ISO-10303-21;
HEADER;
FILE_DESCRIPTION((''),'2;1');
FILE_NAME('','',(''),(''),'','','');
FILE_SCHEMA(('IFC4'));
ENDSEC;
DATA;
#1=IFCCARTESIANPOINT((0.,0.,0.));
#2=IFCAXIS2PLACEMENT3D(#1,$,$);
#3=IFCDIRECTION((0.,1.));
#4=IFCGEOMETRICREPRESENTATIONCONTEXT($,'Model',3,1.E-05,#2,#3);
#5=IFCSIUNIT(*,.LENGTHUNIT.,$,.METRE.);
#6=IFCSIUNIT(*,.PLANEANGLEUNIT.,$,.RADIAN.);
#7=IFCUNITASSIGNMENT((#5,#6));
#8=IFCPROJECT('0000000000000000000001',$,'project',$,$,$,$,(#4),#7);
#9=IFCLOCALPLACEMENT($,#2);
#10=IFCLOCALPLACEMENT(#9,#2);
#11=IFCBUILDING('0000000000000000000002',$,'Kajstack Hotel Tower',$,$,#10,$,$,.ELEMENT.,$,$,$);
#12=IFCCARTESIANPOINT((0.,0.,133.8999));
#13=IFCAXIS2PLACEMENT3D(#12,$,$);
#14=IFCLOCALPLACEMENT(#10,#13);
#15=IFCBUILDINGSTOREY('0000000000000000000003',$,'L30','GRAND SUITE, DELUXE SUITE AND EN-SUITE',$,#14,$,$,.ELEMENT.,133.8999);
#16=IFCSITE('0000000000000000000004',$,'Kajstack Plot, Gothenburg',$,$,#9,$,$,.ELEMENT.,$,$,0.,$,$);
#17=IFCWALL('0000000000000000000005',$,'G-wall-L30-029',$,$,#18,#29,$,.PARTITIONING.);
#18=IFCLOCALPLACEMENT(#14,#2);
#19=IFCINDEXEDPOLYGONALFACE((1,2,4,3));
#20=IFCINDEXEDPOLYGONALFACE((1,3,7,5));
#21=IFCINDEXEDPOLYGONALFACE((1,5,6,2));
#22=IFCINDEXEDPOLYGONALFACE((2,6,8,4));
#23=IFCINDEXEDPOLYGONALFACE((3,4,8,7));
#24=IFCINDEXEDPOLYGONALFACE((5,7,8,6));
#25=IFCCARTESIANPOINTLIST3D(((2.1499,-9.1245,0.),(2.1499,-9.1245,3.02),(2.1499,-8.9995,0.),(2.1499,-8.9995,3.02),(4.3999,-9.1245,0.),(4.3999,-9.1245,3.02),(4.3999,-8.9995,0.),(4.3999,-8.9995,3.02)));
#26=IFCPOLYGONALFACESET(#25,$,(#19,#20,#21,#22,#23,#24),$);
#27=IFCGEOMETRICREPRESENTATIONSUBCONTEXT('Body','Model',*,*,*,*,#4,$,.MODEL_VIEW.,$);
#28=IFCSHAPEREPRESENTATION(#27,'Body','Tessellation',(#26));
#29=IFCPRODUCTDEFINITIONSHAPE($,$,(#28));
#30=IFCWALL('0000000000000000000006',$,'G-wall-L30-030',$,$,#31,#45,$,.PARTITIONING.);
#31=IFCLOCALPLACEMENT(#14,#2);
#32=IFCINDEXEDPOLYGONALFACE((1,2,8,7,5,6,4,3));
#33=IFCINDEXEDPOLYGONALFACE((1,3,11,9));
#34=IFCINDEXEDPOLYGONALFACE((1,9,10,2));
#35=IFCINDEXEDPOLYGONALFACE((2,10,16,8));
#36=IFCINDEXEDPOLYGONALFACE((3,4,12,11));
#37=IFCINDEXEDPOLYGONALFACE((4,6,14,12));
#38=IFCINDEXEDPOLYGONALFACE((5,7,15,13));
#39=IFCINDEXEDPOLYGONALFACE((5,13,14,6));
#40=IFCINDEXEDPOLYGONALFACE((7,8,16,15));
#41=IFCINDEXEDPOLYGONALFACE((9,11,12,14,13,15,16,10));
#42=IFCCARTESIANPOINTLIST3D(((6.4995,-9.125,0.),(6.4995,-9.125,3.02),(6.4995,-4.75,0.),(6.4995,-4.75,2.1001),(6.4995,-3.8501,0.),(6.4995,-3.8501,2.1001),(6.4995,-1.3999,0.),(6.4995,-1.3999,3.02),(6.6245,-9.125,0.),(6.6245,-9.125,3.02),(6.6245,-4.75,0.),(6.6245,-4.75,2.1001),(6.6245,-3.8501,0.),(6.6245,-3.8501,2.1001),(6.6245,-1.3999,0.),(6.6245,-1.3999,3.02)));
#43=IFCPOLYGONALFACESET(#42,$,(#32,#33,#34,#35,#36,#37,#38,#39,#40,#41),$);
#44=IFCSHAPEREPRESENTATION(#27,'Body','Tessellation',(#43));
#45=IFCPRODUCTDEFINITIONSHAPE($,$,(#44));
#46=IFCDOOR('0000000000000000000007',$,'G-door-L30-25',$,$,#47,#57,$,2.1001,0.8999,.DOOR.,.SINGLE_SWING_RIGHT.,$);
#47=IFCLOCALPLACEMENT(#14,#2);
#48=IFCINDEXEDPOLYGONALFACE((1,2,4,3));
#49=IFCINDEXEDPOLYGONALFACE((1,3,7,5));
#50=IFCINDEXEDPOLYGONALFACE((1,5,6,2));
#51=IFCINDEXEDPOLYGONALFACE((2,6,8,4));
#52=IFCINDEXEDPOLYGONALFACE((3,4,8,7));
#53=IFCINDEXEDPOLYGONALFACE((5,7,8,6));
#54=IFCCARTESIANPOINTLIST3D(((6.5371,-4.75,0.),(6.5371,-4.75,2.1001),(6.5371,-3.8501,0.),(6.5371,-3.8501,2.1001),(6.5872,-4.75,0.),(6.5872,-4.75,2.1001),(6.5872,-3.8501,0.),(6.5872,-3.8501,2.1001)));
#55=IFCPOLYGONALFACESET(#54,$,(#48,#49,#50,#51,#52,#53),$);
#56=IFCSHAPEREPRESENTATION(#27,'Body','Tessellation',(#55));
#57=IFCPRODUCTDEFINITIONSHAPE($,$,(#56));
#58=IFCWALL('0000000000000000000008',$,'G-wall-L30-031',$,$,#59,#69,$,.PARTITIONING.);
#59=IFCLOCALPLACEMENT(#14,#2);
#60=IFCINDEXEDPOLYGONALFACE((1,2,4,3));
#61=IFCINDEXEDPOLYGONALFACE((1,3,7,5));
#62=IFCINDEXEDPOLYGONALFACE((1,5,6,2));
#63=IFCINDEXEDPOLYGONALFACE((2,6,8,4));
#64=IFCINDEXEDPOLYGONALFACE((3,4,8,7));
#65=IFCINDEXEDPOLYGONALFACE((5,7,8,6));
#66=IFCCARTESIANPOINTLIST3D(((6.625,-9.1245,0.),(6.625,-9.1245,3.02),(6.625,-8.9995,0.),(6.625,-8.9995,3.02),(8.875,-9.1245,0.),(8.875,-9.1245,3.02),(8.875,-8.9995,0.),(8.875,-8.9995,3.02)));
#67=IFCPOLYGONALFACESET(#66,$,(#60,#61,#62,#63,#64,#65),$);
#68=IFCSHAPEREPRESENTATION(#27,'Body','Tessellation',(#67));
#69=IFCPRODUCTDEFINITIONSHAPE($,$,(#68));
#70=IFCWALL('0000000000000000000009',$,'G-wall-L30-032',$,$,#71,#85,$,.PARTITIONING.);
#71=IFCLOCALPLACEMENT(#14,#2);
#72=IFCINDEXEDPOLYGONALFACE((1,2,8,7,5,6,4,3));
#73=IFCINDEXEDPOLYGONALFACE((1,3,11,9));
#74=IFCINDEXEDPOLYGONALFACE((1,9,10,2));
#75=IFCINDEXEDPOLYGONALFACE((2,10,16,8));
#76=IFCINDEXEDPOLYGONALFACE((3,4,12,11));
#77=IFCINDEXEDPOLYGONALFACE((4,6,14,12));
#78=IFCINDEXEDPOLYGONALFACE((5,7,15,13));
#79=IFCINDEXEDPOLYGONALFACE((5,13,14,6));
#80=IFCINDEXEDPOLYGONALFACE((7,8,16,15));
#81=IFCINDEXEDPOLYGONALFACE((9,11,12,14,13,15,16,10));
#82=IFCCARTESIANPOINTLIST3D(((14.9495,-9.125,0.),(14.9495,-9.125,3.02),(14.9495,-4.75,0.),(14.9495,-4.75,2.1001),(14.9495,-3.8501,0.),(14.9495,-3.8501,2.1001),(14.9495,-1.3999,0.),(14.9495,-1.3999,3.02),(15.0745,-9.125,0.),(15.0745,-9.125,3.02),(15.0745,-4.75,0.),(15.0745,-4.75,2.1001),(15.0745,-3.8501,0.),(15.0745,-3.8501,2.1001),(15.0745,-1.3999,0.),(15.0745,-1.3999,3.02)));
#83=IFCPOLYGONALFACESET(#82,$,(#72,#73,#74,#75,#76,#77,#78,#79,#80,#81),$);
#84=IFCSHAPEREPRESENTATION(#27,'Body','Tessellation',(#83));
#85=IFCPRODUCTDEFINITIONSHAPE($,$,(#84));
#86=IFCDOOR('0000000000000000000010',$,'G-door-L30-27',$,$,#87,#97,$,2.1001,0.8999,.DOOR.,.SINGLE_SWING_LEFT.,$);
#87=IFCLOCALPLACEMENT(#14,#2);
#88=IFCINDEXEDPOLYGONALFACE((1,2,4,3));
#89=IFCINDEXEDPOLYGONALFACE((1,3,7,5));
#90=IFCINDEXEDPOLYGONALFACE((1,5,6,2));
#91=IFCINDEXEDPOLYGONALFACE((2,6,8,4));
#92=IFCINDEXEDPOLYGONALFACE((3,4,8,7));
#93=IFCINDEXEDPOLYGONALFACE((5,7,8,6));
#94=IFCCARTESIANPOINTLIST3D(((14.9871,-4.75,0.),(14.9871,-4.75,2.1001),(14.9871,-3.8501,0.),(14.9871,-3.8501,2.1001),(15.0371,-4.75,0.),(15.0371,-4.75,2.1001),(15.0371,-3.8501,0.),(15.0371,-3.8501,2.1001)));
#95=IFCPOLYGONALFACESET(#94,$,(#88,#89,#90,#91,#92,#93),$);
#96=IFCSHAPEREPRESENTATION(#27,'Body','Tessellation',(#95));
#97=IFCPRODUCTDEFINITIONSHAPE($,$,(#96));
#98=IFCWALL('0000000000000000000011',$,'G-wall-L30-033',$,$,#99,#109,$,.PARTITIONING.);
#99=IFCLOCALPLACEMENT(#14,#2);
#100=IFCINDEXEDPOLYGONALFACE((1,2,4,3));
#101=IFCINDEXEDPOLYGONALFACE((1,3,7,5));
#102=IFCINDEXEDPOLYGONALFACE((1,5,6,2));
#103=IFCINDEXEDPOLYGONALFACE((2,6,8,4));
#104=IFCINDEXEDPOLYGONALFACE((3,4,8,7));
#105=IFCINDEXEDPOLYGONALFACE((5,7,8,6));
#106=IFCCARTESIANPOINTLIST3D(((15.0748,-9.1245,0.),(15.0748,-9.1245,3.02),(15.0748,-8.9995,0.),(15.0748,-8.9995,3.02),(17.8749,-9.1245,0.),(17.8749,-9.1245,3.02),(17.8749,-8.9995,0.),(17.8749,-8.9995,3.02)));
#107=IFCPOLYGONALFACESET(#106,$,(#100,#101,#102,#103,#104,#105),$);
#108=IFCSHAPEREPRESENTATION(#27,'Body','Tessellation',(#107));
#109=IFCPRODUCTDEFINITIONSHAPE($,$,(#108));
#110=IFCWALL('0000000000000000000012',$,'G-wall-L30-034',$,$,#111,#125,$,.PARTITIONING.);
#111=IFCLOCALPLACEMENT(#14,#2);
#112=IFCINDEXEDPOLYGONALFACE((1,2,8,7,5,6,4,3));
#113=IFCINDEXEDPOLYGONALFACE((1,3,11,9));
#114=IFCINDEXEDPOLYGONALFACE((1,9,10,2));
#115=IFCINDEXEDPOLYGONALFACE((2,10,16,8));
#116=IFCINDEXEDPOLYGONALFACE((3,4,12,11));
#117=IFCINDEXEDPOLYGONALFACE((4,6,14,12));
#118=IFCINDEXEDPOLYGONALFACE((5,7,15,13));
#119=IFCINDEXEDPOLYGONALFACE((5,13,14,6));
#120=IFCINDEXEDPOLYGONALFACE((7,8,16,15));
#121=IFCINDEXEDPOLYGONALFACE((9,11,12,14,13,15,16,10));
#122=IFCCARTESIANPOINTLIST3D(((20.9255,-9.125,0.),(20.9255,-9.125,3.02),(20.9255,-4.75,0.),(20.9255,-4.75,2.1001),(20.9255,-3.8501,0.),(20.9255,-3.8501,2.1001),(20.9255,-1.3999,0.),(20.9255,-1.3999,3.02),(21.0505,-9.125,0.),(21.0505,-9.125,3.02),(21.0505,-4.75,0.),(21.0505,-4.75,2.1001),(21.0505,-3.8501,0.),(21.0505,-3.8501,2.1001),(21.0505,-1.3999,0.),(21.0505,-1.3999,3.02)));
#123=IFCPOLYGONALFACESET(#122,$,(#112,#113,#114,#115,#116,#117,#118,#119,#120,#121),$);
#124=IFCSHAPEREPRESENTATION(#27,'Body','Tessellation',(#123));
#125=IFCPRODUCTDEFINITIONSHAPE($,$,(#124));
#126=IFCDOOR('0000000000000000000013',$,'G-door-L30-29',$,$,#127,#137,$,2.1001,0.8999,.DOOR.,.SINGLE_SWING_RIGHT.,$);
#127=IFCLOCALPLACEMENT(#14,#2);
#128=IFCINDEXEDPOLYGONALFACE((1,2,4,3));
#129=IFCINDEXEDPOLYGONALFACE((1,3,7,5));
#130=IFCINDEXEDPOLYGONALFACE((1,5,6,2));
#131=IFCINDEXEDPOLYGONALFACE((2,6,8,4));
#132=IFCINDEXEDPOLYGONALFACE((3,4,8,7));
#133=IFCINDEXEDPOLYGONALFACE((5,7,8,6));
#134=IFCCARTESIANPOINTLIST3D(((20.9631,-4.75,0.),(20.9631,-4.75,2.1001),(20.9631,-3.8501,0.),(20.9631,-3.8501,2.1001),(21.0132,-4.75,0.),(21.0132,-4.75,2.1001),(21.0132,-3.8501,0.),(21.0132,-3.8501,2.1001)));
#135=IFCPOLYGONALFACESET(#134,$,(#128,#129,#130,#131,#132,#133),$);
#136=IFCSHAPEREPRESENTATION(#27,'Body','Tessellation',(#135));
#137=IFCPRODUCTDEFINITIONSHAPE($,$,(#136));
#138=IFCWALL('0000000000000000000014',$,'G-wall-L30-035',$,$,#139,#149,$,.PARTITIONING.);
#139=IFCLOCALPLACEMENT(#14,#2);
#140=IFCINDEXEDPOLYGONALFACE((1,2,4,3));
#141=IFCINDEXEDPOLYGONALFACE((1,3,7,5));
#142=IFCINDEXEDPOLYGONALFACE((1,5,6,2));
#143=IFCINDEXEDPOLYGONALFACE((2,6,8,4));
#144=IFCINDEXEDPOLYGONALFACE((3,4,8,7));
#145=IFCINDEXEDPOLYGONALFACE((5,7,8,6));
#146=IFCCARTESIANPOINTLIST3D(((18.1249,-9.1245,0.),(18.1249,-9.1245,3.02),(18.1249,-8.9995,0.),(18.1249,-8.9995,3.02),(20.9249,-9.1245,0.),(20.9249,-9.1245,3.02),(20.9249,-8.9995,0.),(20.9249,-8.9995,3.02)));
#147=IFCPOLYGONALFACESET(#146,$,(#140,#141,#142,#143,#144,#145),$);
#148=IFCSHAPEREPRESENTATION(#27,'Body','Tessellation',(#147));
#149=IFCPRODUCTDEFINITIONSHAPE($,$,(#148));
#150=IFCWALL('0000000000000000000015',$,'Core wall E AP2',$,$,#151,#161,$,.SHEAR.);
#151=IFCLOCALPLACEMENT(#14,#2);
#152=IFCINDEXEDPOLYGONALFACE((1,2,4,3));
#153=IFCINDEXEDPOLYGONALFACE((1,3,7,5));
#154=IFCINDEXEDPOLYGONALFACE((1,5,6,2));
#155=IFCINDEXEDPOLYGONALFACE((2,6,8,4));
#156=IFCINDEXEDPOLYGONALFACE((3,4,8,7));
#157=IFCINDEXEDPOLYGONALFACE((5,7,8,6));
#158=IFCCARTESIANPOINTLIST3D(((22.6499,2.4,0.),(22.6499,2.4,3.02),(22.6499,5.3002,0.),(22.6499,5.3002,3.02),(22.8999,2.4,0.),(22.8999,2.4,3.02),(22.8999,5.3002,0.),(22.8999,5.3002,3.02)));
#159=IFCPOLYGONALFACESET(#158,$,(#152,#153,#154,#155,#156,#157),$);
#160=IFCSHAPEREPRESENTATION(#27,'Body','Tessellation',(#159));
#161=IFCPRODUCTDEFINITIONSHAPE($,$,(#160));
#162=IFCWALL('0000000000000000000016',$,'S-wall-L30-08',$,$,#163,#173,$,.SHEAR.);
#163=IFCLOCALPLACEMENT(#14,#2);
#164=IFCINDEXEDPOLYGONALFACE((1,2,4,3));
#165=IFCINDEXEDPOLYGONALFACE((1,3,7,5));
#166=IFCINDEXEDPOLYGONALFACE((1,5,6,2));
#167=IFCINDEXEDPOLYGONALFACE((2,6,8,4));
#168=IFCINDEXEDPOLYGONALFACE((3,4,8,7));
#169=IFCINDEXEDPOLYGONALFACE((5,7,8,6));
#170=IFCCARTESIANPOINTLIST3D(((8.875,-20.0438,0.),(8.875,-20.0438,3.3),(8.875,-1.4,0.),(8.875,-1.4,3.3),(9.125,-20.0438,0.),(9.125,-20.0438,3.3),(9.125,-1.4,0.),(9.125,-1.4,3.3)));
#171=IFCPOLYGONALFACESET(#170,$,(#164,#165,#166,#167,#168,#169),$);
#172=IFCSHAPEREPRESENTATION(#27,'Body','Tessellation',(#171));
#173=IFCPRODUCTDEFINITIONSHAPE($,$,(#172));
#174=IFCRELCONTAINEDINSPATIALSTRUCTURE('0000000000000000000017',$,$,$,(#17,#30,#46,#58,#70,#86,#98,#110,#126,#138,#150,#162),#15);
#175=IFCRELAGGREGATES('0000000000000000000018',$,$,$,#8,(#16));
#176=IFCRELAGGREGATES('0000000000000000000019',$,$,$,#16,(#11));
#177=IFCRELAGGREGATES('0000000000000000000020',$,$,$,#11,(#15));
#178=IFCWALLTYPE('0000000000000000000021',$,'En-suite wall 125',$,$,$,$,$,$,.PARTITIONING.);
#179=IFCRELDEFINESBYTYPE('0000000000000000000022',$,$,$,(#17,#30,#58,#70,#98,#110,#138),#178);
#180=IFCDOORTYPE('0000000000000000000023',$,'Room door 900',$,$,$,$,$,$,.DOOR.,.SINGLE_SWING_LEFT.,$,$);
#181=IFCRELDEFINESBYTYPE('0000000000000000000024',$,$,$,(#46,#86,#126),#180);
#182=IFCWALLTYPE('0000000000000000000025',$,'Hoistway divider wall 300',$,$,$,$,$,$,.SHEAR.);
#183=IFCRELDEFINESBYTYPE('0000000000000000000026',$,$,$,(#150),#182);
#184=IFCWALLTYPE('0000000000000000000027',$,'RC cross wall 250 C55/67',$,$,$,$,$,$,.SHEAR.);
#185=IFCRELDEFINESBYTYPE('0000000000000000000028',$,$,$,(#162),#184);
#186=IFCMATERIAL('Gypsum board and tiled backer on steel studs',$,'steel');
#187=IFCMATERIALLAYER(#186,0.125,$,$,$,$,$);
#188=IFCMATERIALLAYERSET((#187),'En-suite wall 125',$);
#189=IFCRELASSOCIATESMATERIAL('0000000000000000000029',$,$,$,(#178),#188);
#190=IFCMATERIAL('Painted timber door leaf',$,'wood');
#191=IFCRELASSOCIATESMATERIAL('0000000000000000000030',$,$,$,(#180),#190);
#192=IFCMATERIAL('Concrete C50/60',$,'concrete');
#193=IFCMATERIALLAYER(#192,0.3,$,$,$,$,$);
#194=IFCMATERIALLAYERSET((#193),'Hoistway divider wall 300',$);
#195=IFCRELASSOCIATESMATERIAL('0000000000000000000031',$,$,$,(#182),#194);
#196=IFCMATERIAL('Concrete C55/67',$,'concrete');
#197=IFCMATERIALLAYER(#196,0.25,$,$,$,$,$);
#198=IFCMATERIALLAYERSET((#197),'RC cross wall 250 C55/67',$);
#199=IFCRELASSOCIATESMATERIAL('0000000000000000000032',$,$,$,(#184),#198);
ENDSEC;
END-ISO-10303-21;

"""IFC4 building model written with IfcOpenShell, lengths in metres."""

from ifc_helpers import new_model, si_unit, direction, frame, frame_2d, origin, place, context, subcontext, project, spatial, rectangle, extrude, material, layer, layer_set, type_object, element, fill, save


model = new_model("IFC4")

# Units and contexts
model_context = context("Model", 3, precision=1e-05, world=origin(), true_north=direction((0.0, 1.0)))
body_context = subcontext(model_context, "Body", "Model", "MODEL_VIEW")
ifc_project = project(units=[si_unit("LENGTHUNIT", "METRE"), si_unit("PLANEANGLEUNIT", "RADIAN")], contexts=[model_context])

# Site, building, storey
site_placement = place(None, origin())
site = spatial("IfcSite", under=ifc_project, at=site_placement, Name="Kajstack Plot, Gothenburg", CompositionType="ELEMENT", RefElevation=0.0)
building_placement = place(site_placement, origin())
building = spatial("IfcBuilding", under=site, at=building_placement, Name="Kajstack Hotel Tower", CompositionType="ELEMENT")
storey_placement = place(building_placement, frame((0.0, 0.0, 133.8999)))
storey = spatial("IfcBuildingStorey", under=building, at=storey_placement, Name="L30", Description="GRAND SUITE, DELUXE SUITE AND EN-SUITE", CompositionType="ELEMENT", Elevation=133.8999)

# Shared definitions
ifc_material_1 = material(Name="Gypsum board and tiled backer on steel studs", Category="steel")
ifc_layer_1 = layer(ifc_material_1, 0.125)
ifc_layer_set_1 = layer_set([ifc_layer_1], Name="En-suite wall 125")
wall_type_1 = type_object("IfcWallType", Name="En-suite wall 125", PredefinedType="PARTITIONING", material=ifc_layer_set_1)
ifc_material_2 = material(Name="Painted timber door leaf", Category="wood")
door_type_1 = type_object("IfcDoorType", Name="Room door 900", OperationType="SINGLE_SWING_LEFT", PredefinedType="DOOR", material=ifc_material_2)

# Wall
wall_1_placement = place(storey_placement, frame((2.1499, -9.062, 0.0), z_axis=(0.0, 0.0, 1.0), x_axis=(1.0, 0.0, 0.0)))
element("IfcWall", 1, at=wall_1_placement, inside=storey, type_object=wall_type_1, Name="G-wall-L30-029", PredefinedType="PARTITIONING", context=body_context, shape_type="SweptSolid", body=[
    extrude(rectangle(XDim=2.25, YDim=0.125, at=frame_2d((1.125, 0.0))), origin(), (0.0, 0.0, 1.0), 3.02),
])

# Wall, opening, door
wall_2_placement = place(storey_placement, frame((6.562, -9.125, 0.0), z_axis=(0.0, 0.0, 1.0), x_axis=(0.0, 1.0, 0.0)))
wall_2 = element("IfcWall", 2, at=wall_2_placement, inside=storey, type_object=wall_type_1, Name="G-wall-L30-030", PredefinedType="PARTITIONING", context=body_context, shape_type="SweptSolid", body=[
    extrude(rectangle(XDim=7.7251, YDim=0.125, at=frame_2d((3.8625, 0.0))), origin(), (0.0, 0.0, 1.0), 3.02),
])
opening_1_placement = place(wall_2_placement, frame((4.375, 0.0, 0.0)))
opening_1 = element("IfcOpeningElement", 3, at=opening_1_placement, cuts=wall_2, PredefinedType="OPENING", context=body_context, shape_type="SweptSolid", body=[
    extrude(rectangle(XDim=0.8999, YDim=2.1001, at=frame_2d((0.45, 1.05))), frame((0.0, 0.0725, 0.0), z_axis=(0.0, -1.0, 0.0), x_axis=(1.0, 0.0, 0.0)), (0.0, 0.0, 1.0), 0.145),
])
door_1_placement = place(opening_1_placement, origin())
door_1 = element("IfcDoor", 4, at=door_1_placement, inside=storey, type_object=door_type_1, Name="G-door-L30-25", OperationType="SINGLE_SWING_RIGHT", OverallHeight=2.1001, OverallWidth=0.8999, PredefinedType="DOOR", context=body_context, shape_type="SweptSolid", body=[
    extrude(rectangle(XDim=0.8999, YDim=2.1001, at=frame_2d((0.45, 1.05))), frame((0.0, 0.0249, 0.0), z_axis=(0.0, -1.0, 0.0), x_axis=(1.0, 0.0, 0.0)), (0.0, 0.0, 1.0), 0.05),
])
fill(opening_1, door_1)

# Wall
wall_3_placement = place(storey_placement, frame((6.625, -9.062, 0.0), z_axis=(0.0, 0.0, 1.0), x_axis=(1.0, 0.0, 0.0)))
element("IfcWall", 5, at=wall_3_placement, inside=storey, type_object=wall_type_1, Name="G-wall-L30-031", PredefinedType="PARTITIONING", context=body_context, shape_type="SweptSolid", body=[
    extrude(rectangle(XDim=2.25, YDim=0.125, at=frame_2d((1.125, 0.0))), origin(), (0.0, 0.0, 1.0), 3.02),
])

# Wall, opening, door
wall_4_placement = place(storey_placement, frame((15.012, -9.125, 0.0), z_axis=(0.0, 0.0, 1.0), x_axis=(0.0, 1.0, 0.0)))
wall_4 = element("IfcWall", 6, at=wall_4_placement, inside=storey, type_object=wall_type_1, Name="G-wall-L30-032", PredefinedType="PARTITIONING", context=body_context, shape_type="SweptSolid", body=[
    extrude(rectangle(XDim=7.7251, YDim=0.125, at=frame_2d((3.8625, 0.0))), origin(), (0.0, 0.0, 1.0), 3.02),
])
opening_2_placement = place(wall_4_placement, frame((4.375, 0.0, 0.0)))
opening_2 = element("IfcOpeningElement", 7, at=opening_2_placement, cuts=wall_4, PredefinedType="OPENING", context=body_context, shape_type="SweptSolid", body=[
    extrude(rectangle(XDim=0.8999, YDim=2.1001, at=frame_2d((0.45, 1.05))), frame((0.0, 0.0725, 0.0), z_axis=(0.0, -1.0, 0.0), x_axis=(1.0, 0.0, 0.0)), (0.0, 0.0, 1.0), 0.145),
])
door_2_placement = place(opening_2_placement, origin())
door_2 = element("IfcDoor", 8, at=door_2_placement, inside=storey, type_object=door_type_1, Name="G-door-L30-27", OperationType="SINGLE_SWING_LEFT", OverallHeight=2.1001, OverallWidth=0.8999, PredefinedType="DOOR", context=body_context, shape_type="SweptSolid", body=[
    extrude(rectangle(XDim=0.8999, YDim=2.1001, at=frame_2d((0.45, 1.05))), frame((0.0, 0.0249, 0.0), z_axis=(0.0, -1.0, 0.0), x_axis=(1.0, 0.0, 0.0)), (0.0, 0.0, 1.0), 0.05),
])
fill(opening_2, door_2)

# Wall
wall_5_placement = place(storey_placement, frame((15.075, -9.062, 0.0), z_axis=(0.0, 0.0, 1.0), x_axis=(1.0, 0.0, 0.0)))
element("IfcWall", 9, at=wall_5_placement, inside=storey, type_object=wall_type_1, Name="G-wall-L30-033", PredefinedType="PARTITIONING", context=body_context, shape_type="SweptSolid", body=[
    extrude(rectangle(XDim=2.8, YDim=0.125, at=frame_2d((1.3999, 0.0))), origin(), (0.0, 0.0, 1.0), 3.02),
])

# Wall, opening, door
wall_6_placement = place(storey_placement, frame((20.988, -9.125, 0.0), z_axis=(0.0, 0.0, 1.0), x_axis=(0.0, 1.0, 0.0)))
wall_6 = element("IfcWall", 10, at=wall_6_placement, inside=storey, type_object=wall_type_1, Name="G-wall-L30-034", PredefinedType="PARTITIONING", context=body_context, shape_type="SweptSolid", body=[
    extrude(rectangle(XDim=7.7251, YDim=0.125, at=frame_2d((3.8625, 0.0))), origin(), (0.0, 0.0, 1.0), 3.02),
])
opening_3_placement = place(wall_6_placement, frame((4.375, 0.0, 0.0)))
opening_3 = element("IfcOpeningElement", 11, at=opening_3_placement, cuts=wall_6, PredefinedType="OPENING", context=body_context, shape_type="SweptSolid", body=[
    extrude(rectangle(XDim=0.8999, YDim=2.1001, at=frame_2d((0.45, 1.05))), frame((0.0, 0.0725, 0.0), z_axis=(0.0, -1.0, 0.0), x_axis=(1.0, 0.0, 0.0)), (0.0, 0.0, 1.0), 0.145),
])
door_3_placement = place(opening_3_placement, origin())
door_3 = element("IfcDoor", 12, at=door_3_placement, inside=storey, type_object=door_type_1, Name="G-door-L30-29", OperationType="SINGLE_SWING_RIGHT", OverallHeight=2.1001, OverallWidth=0.8999, PredefinedType="DOOR", context=body_context, shape_type="SweptSolid", body=[
    extrude(rectangle(XDim=0.8999, YDim=2.1001, at=frame_2d((0.45, 1.05))), frame((0.0, 0.0249, 0.0), z_axis=(0.0, -1.0, 0.0), x_axis=(1.0, 0.0, 0.0)), (0.0, 0.0, 1.0), 0.05),
])
fill(opening_3, door_3)

# Walls
wall_7_placement = place(storey_placement, frame((18.125, -9.062, 0.0), z_axis=(0.0, 0.0, 1.0), x_axis=(1.0, 0.0, 0.0)))
element("IfcWall", 13, at=wall_7_placement, inside=storey, type_object=wall_type_1, Name="G-wall-L30-035", PredefinedType="PARTITIONING", context=body_context, shape_type="SweptSolid", body=[
    extrude(rectangle(XDim=2.8, YDim=0.125, at=frame_2d((1.3999, 0.0))), origin(), (0.0, 0.0, 1.0), 3.02),
])
ifc_material_3 = material(Name="Concrete C50/60", Category="concrete")
ifc_layer_2 = layer(ifc_material_3, 0.3)
ifc_layer_set_2 = layer_set([ifc_layer_2], Name="Hoistway divider wall 300")
wall_type_2 = type_object("IfcWallType", Name="Hoistway divider wall 300", PredefinedType="SHEAR", material=ifc_layer_set_2)
wall_8_placement = place(storey_placement, frame((22.7749, 2.3999, 0.0), z_axis=(0.0, 0.0, 1.0), x_axis=(0.0, 1.0, 0.0)))
element("IfcWall", 14, at=wall_8_placement, inside=storey, type_object=wall_type_2, Name="Core wall E AP2", PredefinedType="SHEAR", context=body_context, shape_type="SweptSolid", body=[
    extrude(rectangle(XDim=2.9001, YDim=0.25, at=frame_2d((1.4502, 0.0))), origin(), (0.0, 0.0, 1.0), 3.02),
])
ifc_material_4 = material(Name="Concrete C55/67", Category="concrete")
ifc_layer_3 = layer(ifc_material_4, 0.25)
ifc_layer_set_3 = layer_set([ifc_layer_3], Name="RC cross wall 250 C55/67")
wall_type_3 = type_object("IfcWallType", Name="RC cross wall 250 C55/67", PredefinedType="SHEAR", material=ifc_layer_set_3)
wall_9_placement = place(storey_placement, frame((9.0, -20.0437, 0.0), z_axis=(0.0, 0.0, 1.0), x_axis=(0.0, 1.0, 0.0)))
element("IfcWall", 15, at=wall_9_placement, inside=storey, type_object=wall_type_3, Name="S-wall-L30-08", PredefinedType="SHEAR", context=body_context, shape_type="SweptSolid", body=[
    extrude(rectangle(XDim=18.6438, YDim=0.25, at=frame_2d((9.3218, 0.0))), origin(), (0.0, 0.0, 1.0), 3.3),
])

save(model, "model.ifc")
